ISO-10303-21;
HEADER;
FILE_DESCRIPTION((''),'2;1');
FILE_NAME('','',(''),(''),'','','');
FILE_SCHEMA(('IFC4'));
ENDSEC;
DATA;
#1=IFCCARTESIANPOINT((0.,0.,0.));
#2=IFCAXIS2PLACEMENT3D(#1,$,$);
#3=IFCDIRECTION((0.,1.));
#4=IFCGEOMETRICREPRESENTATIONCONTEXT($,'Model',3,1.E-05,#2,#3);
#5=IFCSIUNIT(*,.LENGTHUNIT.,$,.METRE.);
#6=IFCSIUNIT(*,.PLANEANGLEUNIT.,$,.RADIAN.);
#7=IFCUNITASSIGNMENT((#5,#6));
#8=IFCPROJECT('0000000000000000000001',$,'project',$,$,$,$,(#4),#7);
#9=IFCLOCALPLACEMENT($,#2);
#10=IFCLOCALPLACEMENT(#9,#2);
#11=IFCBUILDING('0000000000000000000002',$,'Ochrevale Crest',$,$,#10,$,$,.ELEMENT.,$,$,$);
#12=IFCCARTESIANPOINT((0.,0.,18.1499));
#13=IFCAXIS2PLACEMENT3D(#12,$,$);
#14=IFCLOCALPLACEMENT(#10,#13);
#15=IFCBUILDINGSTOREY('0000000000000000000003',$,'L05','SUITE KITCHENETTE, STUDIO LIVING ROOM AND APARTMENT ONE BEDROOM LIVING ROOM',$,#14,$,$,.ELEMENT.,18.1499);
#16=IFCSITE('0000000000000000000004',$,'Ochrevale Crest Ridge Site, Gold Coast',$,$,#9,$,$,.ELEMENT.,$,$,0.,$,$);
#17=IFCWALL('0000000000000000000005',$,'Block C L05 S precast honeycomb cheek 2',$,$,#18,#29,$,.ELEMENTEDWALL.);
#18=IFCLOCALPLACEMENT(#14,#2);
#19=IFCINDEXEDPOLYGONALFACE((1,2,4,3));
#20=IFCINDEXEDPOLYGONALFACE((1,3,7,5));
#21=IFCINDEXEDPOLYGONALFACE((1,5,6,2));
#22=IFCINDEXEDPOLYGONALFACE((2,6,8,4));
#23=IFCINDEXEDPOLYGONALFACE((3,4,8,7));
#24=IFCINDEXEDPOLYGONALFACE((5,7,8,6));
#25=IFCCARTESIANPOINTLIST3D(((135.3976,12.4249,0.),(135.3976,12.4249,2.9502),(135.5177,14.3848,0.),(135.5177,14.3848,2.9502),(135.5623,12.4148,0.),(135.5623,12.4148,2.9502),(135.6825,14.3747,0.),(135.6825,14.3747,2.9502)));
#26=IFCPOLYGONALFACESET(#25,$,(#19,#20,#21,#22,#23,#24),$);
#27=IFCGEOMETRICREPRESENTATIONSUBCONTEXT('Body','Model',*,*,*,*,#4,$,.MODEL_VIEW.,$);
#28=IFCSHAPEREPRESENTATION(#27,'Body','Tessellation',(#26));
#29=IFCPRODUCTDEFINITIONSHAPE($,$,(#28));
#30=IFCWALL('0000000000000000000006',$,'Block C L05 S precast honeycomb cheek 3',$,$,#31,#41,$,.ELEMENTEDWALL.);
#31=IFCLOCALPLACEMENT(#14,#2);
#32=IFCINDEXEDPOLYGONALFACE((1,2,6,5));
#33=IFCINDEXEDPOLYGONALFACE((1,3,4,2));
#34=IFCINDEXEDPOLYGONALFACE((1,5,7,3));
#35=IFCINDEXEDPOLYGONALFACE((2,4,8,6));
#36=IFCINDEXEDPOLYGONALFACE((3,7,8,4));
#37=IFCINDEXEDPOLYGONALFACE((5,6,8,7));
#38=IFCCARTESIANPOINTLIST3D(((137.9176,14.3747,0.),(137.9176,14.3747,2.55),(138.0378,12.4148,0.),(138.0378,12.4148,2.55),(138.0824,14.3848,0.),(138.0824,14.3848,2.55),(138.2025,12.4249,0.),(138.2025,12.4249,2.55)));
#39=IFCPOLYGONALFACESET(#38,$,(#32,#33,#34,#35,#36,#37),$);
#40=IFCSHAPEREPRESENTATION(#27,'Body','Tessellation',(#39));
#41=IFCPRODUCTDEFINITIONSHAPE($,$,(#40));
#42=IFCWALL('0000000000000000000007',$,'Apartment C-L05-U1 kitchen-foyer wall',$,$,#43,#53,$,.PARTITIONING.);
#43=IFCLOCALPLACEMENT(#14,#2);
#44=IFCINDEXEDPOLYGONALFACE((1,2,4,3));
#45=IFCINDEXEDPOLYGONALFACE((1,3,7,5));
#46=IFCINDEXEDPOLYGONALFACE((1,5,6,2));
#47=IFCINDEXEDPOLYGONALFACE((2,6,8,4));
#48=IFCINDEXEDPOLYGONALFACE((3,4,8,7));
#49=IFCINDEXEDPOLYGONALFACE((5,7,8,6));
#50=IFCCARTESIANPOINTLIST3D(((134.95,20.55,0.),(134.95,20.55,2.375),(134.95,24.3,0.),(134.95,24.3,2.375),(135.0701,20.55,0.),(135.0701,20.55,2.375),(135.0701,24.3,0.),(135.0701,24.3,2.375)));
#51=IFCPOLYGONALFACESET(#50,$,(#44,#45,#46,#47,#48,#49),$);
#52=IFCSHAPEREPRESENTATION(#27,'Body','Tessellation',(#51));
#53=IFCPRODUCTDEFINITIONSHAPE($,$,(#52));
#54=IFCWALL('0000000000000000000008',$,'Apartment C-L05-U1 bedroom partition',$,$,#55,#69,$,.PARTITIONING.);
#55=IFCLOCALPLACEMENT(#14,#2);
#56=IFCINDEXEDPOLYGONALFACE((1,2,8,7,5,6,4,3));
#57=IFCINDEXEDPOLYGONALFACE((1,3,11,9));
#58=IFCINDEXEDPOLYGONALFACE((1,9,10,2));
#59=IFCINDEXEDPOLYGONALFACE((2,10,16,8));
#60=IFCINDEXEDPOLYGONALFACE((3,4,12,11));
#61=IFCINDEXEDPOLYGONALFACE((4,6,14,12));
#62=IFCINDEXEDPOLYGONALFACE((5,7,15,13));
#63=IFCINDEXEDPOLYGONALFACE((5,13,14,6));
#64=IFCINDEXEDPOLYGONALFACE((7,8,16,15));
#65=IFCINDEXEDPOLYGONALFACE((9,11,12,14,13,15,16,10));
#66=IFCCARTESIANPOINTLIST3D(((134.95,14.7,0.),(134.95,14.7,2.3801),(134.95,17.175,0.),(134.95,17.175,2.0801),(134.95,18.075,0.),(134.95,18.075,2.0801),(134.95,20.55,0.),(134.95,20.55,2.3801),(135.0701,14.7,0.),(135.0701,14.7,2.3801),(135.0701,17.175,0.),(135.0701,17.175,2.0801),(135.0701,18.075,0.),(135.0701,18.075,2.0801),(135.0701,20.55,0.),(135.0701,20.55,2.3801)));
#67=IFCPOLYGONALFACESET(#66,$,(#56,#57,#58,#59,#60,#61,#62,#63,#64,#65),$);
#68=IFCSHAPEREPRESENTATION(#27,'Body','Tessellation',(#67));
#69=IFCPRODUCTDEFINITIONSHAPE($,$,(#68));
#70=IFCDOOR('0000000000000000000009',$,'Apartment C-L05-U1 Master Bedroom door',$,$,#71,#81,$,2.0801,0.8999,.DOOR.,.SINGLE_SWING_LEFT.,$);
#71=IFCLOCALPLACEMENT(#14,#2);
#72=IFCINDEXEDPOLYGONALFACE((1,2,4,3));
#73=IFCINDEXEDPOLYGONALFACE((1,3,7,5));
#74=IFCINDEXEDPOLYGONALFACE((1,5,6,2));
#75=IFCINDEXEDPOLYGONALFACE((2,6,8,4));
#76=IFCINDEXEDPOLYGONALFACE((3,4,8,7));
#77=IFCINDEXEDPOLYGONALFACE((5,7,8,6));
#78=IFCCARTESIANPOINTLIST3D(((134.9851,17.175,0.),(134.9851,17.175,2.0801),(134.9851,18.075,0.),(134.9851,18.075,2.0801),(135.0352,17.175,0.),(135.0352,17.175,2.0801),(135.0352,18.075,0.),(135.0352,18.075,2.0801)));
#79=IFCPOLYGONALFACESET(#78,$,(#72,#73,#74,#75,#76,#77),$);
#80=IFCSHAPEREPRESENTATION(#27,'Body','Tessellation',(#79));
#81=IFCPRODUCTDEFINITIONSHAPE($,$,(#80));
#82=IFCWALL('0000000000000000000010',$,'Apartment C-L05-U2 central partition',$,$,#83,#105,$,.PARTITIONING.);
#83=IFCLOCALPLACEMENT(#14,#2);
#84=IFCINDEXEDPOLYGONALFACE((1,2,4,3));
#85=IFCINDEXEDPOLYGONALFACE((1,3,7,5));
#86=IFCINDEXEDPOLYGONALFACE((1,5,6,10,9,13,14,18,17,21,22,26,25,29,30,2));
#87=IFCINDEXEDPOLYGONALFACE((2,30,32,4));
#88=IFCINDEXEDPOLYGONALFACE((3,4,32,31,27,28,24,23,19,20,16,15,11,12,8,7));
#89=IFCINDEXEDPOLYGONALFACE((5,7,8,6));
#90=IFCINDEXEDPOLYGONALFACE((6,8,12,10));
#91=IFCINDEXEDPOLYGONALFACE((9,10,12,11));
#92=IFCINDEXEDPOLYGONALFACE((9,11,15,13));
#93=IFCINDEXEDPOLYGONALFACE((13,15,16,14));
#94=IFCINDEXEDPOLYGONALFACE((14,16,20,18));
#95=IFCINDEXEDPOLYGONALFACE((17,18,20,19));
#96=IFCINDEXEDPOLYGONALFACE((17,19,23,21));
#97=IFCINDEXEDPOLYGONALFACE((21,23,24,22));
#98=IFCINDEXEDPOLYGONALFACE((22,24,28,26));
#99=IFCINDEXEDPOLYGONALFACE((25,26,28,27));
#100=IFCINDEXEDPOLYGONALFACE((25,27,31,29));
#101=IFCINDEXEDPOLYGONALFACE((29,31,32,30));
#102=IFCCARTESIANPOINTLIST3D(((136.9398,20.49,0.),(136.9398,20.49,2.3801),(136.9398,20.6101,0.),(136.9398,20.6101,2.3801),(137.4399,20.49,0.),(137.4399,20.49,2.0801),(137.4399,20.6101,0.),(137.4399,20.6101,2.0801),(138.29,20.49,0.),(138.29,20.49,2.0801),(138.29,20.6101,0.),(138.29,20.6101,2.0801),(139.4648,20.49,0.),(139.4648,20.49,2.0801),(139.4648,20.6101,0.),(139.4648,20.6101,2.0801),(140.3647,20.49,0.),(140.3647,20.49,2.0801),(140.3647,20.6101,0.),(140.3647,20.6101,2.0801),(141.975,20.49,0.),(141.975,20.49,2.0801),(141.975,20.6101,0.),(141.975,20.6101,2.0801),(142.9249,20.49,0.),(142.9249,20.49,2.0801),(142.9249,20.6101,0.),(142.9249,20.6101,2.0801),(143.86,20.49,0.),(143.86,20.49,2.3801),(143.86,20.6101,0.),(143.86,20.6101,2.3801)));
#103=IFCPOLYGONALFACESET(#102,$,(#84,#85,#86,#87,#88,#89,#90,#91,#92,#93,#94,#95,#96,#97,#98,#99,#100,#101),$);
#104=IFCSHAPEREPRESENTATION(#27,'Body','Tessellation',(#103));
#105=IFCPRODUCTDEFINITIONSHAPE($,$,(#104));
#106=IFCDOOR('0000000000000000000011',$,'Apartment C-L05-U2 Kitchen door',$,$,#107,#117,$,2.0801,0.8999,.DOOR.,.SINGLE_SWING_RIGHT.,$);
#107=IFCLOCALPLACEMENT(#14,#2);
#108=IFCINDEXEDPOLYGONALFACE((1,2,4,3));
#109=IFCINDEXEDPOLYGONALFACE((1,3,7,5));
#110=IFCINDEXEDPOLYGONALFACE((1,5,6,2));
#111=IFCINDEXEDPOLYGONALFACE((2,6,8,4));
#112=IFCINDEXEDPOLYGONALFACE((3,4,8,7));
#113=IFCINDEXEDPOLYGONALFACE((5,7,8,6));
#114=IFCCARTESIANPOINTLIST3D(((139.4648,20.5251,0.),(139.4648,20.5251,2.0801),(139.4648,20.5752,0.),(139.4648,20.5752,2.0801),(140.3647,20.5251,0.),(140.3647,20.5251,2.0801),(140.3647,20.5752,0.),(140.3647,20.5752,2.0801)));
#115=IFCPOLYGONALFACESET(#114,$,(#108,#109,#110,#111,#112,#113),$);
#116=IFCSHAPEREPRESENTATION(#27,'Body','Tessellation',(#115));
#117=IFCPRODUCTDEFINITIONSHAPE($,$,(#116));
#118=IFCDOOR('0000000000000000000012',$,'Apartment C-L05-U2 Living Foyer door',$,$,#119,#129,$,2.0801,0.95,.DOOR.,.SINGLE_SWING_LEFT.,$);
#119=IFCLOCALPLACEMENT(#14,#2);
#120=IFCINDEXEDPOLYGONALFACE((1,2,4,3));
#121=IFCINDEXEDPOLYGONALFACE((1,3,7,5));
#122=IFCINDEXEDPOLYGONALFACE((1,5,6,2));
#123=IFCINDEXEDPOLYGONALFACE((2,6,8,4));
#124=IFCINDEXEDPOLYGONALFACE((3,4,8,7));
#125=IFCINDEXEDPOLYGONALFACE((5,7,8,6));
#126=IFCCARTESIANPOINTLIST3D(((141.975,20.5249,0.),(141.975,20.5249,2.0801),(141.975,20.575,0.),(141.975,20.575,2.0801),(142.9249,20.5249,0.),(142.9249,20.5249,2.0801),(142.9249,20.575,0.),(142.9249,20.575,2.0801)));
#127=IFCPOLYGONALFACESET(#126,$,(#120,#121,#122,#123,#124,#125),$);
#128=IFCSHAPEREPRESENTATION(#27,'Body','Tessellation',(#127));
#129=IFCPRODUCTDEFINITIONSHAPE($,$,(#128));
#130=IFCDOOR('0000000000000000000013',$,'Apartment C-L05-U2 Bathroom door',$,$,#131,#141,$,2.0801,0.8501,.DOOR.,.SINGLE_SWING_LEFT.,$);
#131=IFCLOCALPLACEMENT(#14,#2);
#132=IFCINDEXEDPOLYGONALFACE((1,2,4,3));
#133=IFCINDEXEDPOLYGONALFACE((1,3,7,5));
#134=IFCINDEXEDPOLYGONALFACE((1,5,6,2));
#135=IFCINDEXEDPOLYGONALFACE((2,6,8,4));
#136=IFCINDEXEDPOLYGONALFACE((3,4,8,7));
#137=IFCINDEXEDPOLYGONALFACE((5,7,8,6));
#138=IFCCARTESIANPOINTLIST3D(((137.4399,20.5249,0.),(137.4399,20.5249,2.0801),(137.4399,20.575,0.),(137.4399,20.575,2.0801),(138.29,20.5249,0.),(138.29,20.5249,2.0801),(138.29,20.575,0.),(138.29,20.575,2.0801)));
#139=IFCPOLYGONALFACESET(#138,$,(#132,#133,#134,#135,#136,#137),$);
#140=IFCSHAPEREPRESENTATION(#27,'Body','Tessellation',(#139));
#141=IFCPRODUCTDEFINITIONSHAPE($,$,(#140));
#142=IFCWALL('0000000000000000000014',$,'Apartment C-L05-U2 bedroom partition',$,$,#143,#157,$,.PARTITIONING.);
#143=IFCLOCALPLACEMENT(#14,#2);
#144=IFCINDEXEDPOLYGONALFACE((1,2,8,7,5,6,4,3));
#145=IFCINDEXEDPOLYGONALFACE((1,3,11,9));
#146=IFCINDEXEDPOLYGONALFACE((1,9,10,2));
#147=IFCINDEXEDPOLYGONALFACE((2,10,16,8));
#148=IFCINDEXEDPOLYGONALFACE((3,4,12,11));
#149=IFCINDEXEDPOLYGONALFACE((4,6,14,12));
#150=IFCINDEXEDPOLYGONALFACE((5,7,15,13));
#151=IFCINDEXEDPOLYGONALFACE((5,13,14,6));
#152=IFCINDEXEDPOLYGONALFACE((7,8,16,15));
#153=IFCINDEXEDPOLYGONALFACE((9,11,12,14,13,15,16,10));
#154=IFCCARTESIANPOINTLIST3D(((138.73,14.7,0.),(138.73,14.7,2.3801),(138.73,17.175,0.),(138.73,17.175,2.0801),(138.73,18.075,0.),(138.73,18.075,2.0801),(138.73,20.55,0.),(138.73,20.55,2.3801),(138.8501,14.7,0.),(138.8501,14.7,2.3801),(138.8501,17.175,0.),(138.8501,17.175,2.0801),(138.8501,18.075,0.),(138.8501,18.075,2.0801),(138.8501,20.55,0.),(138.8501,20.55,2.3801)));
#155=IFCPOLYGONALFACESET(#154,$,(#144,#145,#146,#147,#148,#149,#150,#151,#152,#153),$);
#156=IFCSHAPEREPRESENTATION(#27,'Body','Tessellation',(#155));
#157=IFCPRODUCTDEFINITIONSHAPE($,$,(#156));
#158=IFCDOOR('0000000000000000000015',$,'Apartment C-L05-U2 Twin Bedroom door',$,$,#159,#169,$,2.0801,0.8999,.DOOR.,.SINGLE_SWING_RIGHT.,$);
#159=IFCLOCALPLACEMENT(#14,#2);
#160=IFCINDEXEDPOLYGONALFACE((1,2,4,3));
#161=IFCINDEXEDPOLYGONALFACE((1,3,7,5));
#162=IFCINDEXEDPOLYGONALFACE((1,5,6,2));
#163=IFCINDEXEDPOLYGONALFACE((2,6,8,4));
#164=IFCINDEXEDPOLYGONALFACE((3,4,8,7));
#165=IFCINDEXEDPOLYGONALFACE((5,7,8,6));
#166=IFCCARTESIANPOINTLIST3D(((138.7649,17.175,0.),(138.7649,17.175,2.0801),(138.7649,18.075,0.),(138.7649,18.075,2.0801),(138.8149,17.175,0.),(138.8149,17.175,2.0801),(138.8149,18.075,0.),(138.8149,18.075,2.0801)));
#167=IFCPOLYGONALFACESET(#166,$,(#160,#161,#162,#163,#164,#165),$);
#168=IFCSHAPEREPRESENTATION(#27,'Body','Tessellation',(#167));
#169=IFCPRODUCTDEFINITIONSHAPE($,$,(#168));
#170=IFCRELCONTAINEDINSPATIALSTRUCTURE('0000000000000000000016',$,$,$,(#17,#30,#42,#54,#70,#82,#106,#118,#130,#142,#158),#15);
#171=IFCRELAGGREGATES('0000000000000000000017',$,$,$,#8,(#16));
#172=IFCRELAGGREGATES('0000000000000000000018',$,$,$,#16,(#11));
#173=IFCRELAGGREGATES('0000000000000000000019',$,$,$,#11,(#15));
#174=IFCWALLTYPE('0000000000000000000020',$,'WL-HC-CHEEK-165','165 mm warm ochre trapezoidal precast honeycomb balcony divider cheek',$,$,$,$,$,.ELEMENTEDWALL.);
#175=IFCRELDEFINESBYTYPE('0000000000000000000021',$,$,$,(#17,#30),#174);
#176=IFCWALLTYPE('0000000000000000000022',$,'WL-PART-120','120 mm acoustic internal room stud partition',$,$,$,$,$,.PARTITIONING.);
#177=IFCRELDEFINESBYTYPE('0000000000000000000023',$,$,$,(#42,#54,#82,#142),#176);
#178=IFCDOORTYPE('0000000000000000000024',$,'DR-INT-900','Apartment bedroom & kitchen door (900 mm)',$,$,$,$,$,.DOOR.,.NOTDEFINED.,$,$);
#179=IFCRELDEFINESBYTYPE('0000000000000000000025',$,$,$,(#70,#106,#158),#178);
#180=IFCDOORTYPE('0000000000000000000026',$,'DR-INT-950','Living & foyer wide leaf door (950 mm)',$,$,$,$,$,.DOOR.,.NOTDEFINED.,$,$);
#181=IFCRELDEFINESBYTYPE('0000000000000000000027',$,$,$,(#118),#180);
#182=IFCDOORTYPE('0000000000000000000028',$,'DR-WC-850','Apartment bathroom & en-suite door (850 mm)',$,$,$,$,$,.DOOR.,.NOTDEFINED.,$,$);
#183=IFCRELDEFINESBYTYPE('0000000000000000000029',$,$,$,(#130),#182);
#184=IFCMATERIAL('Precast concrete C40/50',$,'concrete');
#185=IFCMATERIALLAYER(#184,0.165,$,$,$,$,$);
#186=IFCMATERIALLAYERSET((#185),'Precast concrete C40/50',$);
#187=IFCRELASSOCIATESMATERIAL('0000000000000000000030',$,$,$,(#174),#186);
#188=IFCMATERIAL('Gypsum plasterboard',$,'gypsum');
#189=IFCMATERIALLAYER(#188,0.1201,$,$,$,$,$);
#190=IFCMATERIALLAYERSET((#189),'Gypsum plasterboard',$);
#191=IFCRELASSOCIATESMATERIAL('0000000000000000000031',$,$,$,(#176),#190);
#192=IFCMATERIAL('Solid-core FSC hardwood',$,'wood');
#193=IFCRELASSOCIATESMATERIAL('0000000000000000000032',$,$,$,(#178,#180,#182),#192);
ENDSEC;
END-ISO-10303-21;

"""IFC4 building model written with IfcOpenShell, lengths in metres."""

from ifc_helpers import new_model, si_unit, direction, frame, frame_2d, origin, place, context, subcontext, project, spatial, rectangle, extrude, material, layer, layer_set, type_object, element, fill, save


model = new_model("IFC4")

# Units and contexts
model_context = context("Model", 3, precision=1e-05, world=origin(), true_north=direction((0.0, 1.0)))
body_context = subcontext(model_context, "Body", "Model", "MODEL_VIEW")
ifc_project = project(units=[si_unit("LENGTHUNIT", "METRE"), si_unit("PLANEANGLEUNIT", "RADIAN")], contexts=[model_context])

# Site, building, storey
site_placement = place(None, origin())
site = spatial("IfcSite", under=ifc_project, at=site_placement, Name="Ochrevale Crest Ridge Site, Gold Coast", CompositionType="ELEMENT", RefElevation=0.0)
building_placement = place(site_placement, origin())
building = spatial("IfcBuilding", under=site, at=building_placement, Name="Ochrevale Crest", CompositionType="ELEMENT")
storey_placement = place(building_placement, frame((0.0, 0.0, 18.1499)))
storey = spatial("IfcBuildingStorey", under=building, at=storey_placement, Name="L05", Description="SUITE KITCHENETTE, STUDIO LIVING ROOM AND APARTMENT ONE BEDROOM LIVING ROOM", CompositionType="ELEMENT", Elevation=18.1499)

# Shared definitions
ifc_material_1 = material(Name="Precast concrete C40/50", Category="concrete")

# Shared definitions
ifc_material_2 = material(Name="Gypsum plasterboard", Category="gypsum")
ifc_material_3 = material(Name="Solid-core FSC hardwood", Category="wood")

# Walls
ifc_layer_1 = layer(ifc_material_1, 0.165)
ifc_layer_set_1 = layer_set([ifc_layer_1], Name="Precast concrete C40/50")
wall_type_1 = type_object("IfcWallType", Name="WL-HC-CHEEK-165", Description="165 mm warm ochre trapezoidal precast honeycomb balcony divider cheek", PredefinedType="ELEMENTEDWALL", material=ifc_layer_set_1)
wall_1_placement = place(storey_placement, frame((135.6001, 14.3799, 0.0), z_axis=(0.0, 0.0, 1.0), x_axis=(-0.061171, -0.998127, 0.0)))
element("IfcWall", 1, at=wall_1_placement, inside=storey, type_object=wall_type_1, Name="Block C L05 S precast honeycomb cheek 2", PredefinedType="ELEMENTEDWALL", context=body_context, shape_type="SweptSolid", body=[
    extrude(rectangle(XDim=1.9636, YDim=0.165, at=frame_2d((0.9819, 0.0))), origin(), (0.0, 0.0, 1.0), 2.9502),
])
wall_2_placement = place(storey_placement, frame((138.0, 14.3799, 0.0), z_axis=(0.0, 0.0, 1.0), x_axis=(0.061171, -0.998127, 0.0)))
element("IfcWall", 2, at=wall_2_placement, inside=storey, type_object=wall_type_1, Name="Block C L05 S precast honeycomb cheek 3", PredefinedType="ELEMENTEDWALL", context=body_context, shape_type="SweptSolid", body=[
    extrude(rectangle(XDim=1.9636, YDim=0.165, at=frame_2d((0.9819, 0.0))), origin(), (0.0, 0.0, 1.0), 2.55),
])
ifc_layer_2 = layer(ifc_material_2, 0.1201)
ifc_layer_set_2 = layer_set([ifc_layer_2], Name="Gypsum plasterboard")
wall_type_2 = type_object("IfcWallType", Name="WL-PART-120", Description="120 mm acoustic internal room stud partition", PredefinedType="PARTITIONING", material=ifc_layer_set_2)
wall_3_placement = place(storey_placement, frame((135.01, 20.55, 0.0), z_axis=(0.0, 0.0, 1.0), x_axis=(0.0, 1.0, 0.0)))
element("IfcWall", 3, at=wall_3_placement, inside=storey, type_object=wall_type_2, Name="Apartment C-L05-U1 kitchen-foyer wall", PredefinedType="PARTITIONING", context=body_context, shape_type="SweptSolid", body=[
    extrude(rectangle(XDim=3.75, YDim=0.1201, at=frame_2d((1.875, 0.0))), origin(), (0.0, 0.0, 1.0), 2.375),
])

# Wall, opening, door
wall_4_placement = place(storey_placement, frame((135.01, 14.7, 0.0), z_axis=(0.0, 0.0, 1.0), x_axis=(0.0, 1.0, 0.0)))
wall_4 = element("IfcWall", 4, at=wall_4_placement, inside=storey, type_object=wall_type_2, Name="Apartment C-L05-U1 bedroom partition", PredefinedType="PARTITIONING", context=body_context, shape_type="SweptSolid", body=[
    extrude(rectangle(XDim=5.8501, YDim=0.1201, at=frame_2d((2.925, 0.0))), origin(), (0.0, 0.0, 1.0), 2.3801),
])
opening_1_placement = place(wall_4_placement, frame((2.4751, 0.0, 0.0)))
opening_1 = element("IfcOpeningElement", 5, at=opening_1_placement, cuts=wall_4, PredefinedType="OPENING", context=body_context, shape_type="SweptSolid", body=[
    extrude(rectangle(XDim=0.8999, YDim=2.0801, at=frame_2d((0.45, 1.04))), frame((0.0, 0.0701, 0.0), z_axis=(0.0, -1.0, 0.0), x_axis=(1.0, 0.0, 0.0)), (0.0, 0.0, 1.0), 0.1401),
])
door_type_1 = type_object("IfcDoorType", Name="DR-INT-900", Description="Apartment bedroom & kitchen door (900 mm)", OperationType="NOTDEFINED", PredefinedType="DOOR", material=ifc_material_3)
door_1_placement = place(opening_1_placement, origin())
door_1 = element("IfcDoor", 6, at=door_1_placement, inside=storey, type_object=door_type_1, Name="Apartment C-L05-U1 Master Bedroom door", OperationType="SINGLE_SWING_LEFT", OverallHeight=2.0801, OverallWidth=0.8999, PredefinedType="DOOR", context=body_context, shape_type="SweptSolid", body=[
    extrude(rectangle(XDim=0.8999, YDim=2.0801, at=frame_2d((0.45, 1.04))), frame((0.0, 0.0249, 0.0), z_axis=(0.0, -1.0, 0.0), x_axis=(1.0, 0.0, 0.0)), (0.0, 0.0, 1.0), 0.05),
])
fill(opening_1, door_1)

# Wall, openings, doors
wall_5_placement = place(storey_placement, frame((136.9399, 20.55, 0.0), z_axis=(0.0, 0.0, 1.0), x_axis=(1.0, 0.0, 0.0)))
wall_5 = element("IfcWall", 7, at=wall_5_placement, inside=storey, type_object=wall_type_2, Name="Apartment C-L05-U2 central partition", PredefinedType="PARTITIONING", context=body_context, shape_type="SweptSolid", body=[
    extrude(rectangle(XDim=6.9202, YDim=0.1201, at=frame_2d((3.46, 0.0))), origin(), (0.0, 0.0, 1.0), 2.3801),
])
opening_2_placement = place(wall_5_placement, frame((0.5, 0.0, 0.0)))
opening_2 = element("IfcOpeningElement", 8, at=opening_2_placement, cuts=wall_5, PredefinedType="OPENING", context=body_context, shape_type="SweptSolid", body=[
    extrude(rectangle(XDim=0.8501, YDim=2.0801, at=frame_2d((0.425, 1.04))), frame((0.0, 0.0701, 0.0), z_axis=(0.0, -1.0, 0.0), x_axis=(1.0, 0.0, 0.0)), (0.0, 0.0, 1.0), 0.1401),
])
opening_3_placement = place(wall_5_placement, frame((3.4248, 0.0, 0.0), z_axis=(0.0, 0.0, 1.0), x_axis=(-1.0, 0.0, 0.0)))
opening_3 = element("IfcOpeningElement", 9, at=opening_3_placement, cuts=wall_5, PredefinedType="OPENING", context=body_context, shape_type="SweptSolid", body=[
    extrude(rectangle(XDim=0.8999, YDim=2.0801, at=frame_2d((0.45, 1.04))), frame((0.0, 0.0701, 0.0), z_axis=(0.0, -1.0, 0.0), x_axis=(1.0, 0.0, 0.0)), (0.0, 0.0, 1.0), 0.1401),
])
opening_4_placement = place(wall_5_placement, frame((5.0349, 0.0, 0.0)))
opening_4 = element("IfcOpeningElement", 10, at=opening_4_placement, cuts=wall_5, PredefinedType="OPENING", context=body_context, shape_type="SweptSolid", body=[
    extrude(rectangle(XDim=0.95, YDim=2.0801, at=frame_2d((0.4751, 1.04))), frame((0.0, 0.0701, 0.0), z_axis=(0.0, -1.0, 0.0), x_axis=(1.0, 0.0, 0.0)), (0.0, 0.0, 1.0), 0.1401),
])
door_2_placement = place(opening_3_placement, origin())
door_2 = element("IfcDoor", 11, at=door_2_placement, inside=storey, type_object=door_type_1, Name="Apartment C-L05-U2 Kitchen door", OperationType="SINGLE_SWING_RIGHT", OverallHeight=2.0801, OverallWidth=0.8999, PredefinedType="DOOR", context=body_context, shape_type="SweptSolid", body=[
    extrude(rectangle(XDim=0.8999, YDim=2.0801, at=frame_2d((0.45, 1.04))), frame((0.0, 0.0249, 0.0), z_axis=(0.0, -1.0, 0.0), x_axis=(1.0, 0.0, 0.0)), (0.0, 0.0, 1.0), 0.05),
])
fill(opening_3, door_2)
door_type_2 = type_object("IfcDoorType", Name="DR-INT-950", Description="Living & foyer wide leaf door (950 mm)", OperationType="NOTDEFINED", PredefinedType="DOOR", material=ifc_material_3)
door_3_placement = place(opening_4_placement, origin())
door_3 = element("IfcDoor", 12, at=door_3_placement, inside=storey, type_object=door_type_2, Name="Apartment C-L05-U2 Living Foyer door", OperationType="SINGLE_SWING_LEFT", OverallHeight=2.0801, OverallWidth=0.95, PredefinedType="DOOR", context=body_context, shape_type="SweptSolid", body=[
    extrude(rectangle(XDim=0.95, YDim=2.0801, at=frame_2d((0.4751, 1.04))), frame((0.0, 0.0249, 0.0), z_axis=(0.0, -1.0, 0.0), x_axis=(1.0, 0.0, 0.0)), (0.0, 0.0, 1.0), 0.05),
])
fill(opening_4, door_3)
door_type_3 = type_object("IfcDoorType", Name="DR-WC-850", Description="Apartment bathroom & en-suite door (850 mm)", OperationType="NOTDEFINED", PredefinedType="DOOR", material=ifc_material_3)
door_4_placement = place(opening_2_placement, origin())
door_4 = element("IfcDoor", 13, at=door_4_placement, inside=storey, type_object=door_type_3, Name="Apartment C-L05-U2 Bathroom door", OperationType="SINGLE_SWING_LEFT", OverallHeight=2.0801, OverallWidth=0.8501, PredefinedType="DOOR", context=body_context, shape_type="SweptSolid", body=[
    extrude(rectangle(XDim=0.8501, YDim=2.0801, at=frame_2d((0.425, 1.04))), frame((0.0, 0.0249, 0.0), z_axis=(0.0, -1.0, 0.0), x_axis=(1.0, 0.0, 0.0)), (0.0, 0.0, 1.0), 0.05),
])
fill(opening_2, door_4)

# Wall, opening, door
wall_6_placement = place(storey_placement, frame((138.79, 14.7, 0.0), z_axis=(0.0, 0.0, 1.0), x_axis=(0.0, 1.0, 0.0)))
wall_6 = element("IfcWall", 14, at=wall_6_placement, inside=storey, type_object=wall_type_2, Name="Apartment C-L05-U2 bedroom partition", PredefinedType="PARTITIONING", context=body_context, shape_type="SweptSolid", body=[
    extrude(rectangle(XDim=5.8501, YDim=0.1201, at=frame_2d((2.925, 0.0))), origin(), (0.0, 0.0, 1.0), 2.3801),
])
opening_5_placement = place(wall_6_placement, frame((3.375, 0.0, 0.0), z_axis=(0.0, 0.0, 1.0), x_axis=(-1.0, 0.0, 0.0)))
opening_5 = element("IfcOpeningElement", 15, at=opening_5_placement, cuts=wall_6, PredefinedType="OPENING", context=body_context, shape_type="SweptSolid", body=[
    extrude(rectangle(XDim=0.8999, YDim=2.0801, at=frame_2d((0.45, 1.04))), frame((0.0, 0.0701, 0.0), z_axis=(0.0, -1.0, 0.0), x_axis=(1.0, 0.0, 0.0)), (0.0, 0.0, 1.0), 0.1401),
])
door_5_placement = place(opening_5_placement, origin())
door_5 = element("IfcDoor", 16, at=door_5_placement, inside=storey, type_object=door_type_1, Name="Apartment C-L05-U2 Twin Bedroom door", OperationType="SINGLE_SWING_RIGHT", OverallHeight=2.0801, OverallWidth=0.8999, PredefinedType="DOOR", context=body_context, shape_type="SweptSolid", body=[
    extrude(rectangle(XDim=0.8999, YDim=2.0801, at=frame_2d((0.45, 1.04))), frame((0.0, 0.0249, 0.0), z_axis=(0.0, -1.0, 0.0), x_axis=(1.0, 0.0, 0.0)), (0.0, 0.0, 1.0), 0.05),
])
fill(opening_5, door_5)

save(model, "model.ifc")
